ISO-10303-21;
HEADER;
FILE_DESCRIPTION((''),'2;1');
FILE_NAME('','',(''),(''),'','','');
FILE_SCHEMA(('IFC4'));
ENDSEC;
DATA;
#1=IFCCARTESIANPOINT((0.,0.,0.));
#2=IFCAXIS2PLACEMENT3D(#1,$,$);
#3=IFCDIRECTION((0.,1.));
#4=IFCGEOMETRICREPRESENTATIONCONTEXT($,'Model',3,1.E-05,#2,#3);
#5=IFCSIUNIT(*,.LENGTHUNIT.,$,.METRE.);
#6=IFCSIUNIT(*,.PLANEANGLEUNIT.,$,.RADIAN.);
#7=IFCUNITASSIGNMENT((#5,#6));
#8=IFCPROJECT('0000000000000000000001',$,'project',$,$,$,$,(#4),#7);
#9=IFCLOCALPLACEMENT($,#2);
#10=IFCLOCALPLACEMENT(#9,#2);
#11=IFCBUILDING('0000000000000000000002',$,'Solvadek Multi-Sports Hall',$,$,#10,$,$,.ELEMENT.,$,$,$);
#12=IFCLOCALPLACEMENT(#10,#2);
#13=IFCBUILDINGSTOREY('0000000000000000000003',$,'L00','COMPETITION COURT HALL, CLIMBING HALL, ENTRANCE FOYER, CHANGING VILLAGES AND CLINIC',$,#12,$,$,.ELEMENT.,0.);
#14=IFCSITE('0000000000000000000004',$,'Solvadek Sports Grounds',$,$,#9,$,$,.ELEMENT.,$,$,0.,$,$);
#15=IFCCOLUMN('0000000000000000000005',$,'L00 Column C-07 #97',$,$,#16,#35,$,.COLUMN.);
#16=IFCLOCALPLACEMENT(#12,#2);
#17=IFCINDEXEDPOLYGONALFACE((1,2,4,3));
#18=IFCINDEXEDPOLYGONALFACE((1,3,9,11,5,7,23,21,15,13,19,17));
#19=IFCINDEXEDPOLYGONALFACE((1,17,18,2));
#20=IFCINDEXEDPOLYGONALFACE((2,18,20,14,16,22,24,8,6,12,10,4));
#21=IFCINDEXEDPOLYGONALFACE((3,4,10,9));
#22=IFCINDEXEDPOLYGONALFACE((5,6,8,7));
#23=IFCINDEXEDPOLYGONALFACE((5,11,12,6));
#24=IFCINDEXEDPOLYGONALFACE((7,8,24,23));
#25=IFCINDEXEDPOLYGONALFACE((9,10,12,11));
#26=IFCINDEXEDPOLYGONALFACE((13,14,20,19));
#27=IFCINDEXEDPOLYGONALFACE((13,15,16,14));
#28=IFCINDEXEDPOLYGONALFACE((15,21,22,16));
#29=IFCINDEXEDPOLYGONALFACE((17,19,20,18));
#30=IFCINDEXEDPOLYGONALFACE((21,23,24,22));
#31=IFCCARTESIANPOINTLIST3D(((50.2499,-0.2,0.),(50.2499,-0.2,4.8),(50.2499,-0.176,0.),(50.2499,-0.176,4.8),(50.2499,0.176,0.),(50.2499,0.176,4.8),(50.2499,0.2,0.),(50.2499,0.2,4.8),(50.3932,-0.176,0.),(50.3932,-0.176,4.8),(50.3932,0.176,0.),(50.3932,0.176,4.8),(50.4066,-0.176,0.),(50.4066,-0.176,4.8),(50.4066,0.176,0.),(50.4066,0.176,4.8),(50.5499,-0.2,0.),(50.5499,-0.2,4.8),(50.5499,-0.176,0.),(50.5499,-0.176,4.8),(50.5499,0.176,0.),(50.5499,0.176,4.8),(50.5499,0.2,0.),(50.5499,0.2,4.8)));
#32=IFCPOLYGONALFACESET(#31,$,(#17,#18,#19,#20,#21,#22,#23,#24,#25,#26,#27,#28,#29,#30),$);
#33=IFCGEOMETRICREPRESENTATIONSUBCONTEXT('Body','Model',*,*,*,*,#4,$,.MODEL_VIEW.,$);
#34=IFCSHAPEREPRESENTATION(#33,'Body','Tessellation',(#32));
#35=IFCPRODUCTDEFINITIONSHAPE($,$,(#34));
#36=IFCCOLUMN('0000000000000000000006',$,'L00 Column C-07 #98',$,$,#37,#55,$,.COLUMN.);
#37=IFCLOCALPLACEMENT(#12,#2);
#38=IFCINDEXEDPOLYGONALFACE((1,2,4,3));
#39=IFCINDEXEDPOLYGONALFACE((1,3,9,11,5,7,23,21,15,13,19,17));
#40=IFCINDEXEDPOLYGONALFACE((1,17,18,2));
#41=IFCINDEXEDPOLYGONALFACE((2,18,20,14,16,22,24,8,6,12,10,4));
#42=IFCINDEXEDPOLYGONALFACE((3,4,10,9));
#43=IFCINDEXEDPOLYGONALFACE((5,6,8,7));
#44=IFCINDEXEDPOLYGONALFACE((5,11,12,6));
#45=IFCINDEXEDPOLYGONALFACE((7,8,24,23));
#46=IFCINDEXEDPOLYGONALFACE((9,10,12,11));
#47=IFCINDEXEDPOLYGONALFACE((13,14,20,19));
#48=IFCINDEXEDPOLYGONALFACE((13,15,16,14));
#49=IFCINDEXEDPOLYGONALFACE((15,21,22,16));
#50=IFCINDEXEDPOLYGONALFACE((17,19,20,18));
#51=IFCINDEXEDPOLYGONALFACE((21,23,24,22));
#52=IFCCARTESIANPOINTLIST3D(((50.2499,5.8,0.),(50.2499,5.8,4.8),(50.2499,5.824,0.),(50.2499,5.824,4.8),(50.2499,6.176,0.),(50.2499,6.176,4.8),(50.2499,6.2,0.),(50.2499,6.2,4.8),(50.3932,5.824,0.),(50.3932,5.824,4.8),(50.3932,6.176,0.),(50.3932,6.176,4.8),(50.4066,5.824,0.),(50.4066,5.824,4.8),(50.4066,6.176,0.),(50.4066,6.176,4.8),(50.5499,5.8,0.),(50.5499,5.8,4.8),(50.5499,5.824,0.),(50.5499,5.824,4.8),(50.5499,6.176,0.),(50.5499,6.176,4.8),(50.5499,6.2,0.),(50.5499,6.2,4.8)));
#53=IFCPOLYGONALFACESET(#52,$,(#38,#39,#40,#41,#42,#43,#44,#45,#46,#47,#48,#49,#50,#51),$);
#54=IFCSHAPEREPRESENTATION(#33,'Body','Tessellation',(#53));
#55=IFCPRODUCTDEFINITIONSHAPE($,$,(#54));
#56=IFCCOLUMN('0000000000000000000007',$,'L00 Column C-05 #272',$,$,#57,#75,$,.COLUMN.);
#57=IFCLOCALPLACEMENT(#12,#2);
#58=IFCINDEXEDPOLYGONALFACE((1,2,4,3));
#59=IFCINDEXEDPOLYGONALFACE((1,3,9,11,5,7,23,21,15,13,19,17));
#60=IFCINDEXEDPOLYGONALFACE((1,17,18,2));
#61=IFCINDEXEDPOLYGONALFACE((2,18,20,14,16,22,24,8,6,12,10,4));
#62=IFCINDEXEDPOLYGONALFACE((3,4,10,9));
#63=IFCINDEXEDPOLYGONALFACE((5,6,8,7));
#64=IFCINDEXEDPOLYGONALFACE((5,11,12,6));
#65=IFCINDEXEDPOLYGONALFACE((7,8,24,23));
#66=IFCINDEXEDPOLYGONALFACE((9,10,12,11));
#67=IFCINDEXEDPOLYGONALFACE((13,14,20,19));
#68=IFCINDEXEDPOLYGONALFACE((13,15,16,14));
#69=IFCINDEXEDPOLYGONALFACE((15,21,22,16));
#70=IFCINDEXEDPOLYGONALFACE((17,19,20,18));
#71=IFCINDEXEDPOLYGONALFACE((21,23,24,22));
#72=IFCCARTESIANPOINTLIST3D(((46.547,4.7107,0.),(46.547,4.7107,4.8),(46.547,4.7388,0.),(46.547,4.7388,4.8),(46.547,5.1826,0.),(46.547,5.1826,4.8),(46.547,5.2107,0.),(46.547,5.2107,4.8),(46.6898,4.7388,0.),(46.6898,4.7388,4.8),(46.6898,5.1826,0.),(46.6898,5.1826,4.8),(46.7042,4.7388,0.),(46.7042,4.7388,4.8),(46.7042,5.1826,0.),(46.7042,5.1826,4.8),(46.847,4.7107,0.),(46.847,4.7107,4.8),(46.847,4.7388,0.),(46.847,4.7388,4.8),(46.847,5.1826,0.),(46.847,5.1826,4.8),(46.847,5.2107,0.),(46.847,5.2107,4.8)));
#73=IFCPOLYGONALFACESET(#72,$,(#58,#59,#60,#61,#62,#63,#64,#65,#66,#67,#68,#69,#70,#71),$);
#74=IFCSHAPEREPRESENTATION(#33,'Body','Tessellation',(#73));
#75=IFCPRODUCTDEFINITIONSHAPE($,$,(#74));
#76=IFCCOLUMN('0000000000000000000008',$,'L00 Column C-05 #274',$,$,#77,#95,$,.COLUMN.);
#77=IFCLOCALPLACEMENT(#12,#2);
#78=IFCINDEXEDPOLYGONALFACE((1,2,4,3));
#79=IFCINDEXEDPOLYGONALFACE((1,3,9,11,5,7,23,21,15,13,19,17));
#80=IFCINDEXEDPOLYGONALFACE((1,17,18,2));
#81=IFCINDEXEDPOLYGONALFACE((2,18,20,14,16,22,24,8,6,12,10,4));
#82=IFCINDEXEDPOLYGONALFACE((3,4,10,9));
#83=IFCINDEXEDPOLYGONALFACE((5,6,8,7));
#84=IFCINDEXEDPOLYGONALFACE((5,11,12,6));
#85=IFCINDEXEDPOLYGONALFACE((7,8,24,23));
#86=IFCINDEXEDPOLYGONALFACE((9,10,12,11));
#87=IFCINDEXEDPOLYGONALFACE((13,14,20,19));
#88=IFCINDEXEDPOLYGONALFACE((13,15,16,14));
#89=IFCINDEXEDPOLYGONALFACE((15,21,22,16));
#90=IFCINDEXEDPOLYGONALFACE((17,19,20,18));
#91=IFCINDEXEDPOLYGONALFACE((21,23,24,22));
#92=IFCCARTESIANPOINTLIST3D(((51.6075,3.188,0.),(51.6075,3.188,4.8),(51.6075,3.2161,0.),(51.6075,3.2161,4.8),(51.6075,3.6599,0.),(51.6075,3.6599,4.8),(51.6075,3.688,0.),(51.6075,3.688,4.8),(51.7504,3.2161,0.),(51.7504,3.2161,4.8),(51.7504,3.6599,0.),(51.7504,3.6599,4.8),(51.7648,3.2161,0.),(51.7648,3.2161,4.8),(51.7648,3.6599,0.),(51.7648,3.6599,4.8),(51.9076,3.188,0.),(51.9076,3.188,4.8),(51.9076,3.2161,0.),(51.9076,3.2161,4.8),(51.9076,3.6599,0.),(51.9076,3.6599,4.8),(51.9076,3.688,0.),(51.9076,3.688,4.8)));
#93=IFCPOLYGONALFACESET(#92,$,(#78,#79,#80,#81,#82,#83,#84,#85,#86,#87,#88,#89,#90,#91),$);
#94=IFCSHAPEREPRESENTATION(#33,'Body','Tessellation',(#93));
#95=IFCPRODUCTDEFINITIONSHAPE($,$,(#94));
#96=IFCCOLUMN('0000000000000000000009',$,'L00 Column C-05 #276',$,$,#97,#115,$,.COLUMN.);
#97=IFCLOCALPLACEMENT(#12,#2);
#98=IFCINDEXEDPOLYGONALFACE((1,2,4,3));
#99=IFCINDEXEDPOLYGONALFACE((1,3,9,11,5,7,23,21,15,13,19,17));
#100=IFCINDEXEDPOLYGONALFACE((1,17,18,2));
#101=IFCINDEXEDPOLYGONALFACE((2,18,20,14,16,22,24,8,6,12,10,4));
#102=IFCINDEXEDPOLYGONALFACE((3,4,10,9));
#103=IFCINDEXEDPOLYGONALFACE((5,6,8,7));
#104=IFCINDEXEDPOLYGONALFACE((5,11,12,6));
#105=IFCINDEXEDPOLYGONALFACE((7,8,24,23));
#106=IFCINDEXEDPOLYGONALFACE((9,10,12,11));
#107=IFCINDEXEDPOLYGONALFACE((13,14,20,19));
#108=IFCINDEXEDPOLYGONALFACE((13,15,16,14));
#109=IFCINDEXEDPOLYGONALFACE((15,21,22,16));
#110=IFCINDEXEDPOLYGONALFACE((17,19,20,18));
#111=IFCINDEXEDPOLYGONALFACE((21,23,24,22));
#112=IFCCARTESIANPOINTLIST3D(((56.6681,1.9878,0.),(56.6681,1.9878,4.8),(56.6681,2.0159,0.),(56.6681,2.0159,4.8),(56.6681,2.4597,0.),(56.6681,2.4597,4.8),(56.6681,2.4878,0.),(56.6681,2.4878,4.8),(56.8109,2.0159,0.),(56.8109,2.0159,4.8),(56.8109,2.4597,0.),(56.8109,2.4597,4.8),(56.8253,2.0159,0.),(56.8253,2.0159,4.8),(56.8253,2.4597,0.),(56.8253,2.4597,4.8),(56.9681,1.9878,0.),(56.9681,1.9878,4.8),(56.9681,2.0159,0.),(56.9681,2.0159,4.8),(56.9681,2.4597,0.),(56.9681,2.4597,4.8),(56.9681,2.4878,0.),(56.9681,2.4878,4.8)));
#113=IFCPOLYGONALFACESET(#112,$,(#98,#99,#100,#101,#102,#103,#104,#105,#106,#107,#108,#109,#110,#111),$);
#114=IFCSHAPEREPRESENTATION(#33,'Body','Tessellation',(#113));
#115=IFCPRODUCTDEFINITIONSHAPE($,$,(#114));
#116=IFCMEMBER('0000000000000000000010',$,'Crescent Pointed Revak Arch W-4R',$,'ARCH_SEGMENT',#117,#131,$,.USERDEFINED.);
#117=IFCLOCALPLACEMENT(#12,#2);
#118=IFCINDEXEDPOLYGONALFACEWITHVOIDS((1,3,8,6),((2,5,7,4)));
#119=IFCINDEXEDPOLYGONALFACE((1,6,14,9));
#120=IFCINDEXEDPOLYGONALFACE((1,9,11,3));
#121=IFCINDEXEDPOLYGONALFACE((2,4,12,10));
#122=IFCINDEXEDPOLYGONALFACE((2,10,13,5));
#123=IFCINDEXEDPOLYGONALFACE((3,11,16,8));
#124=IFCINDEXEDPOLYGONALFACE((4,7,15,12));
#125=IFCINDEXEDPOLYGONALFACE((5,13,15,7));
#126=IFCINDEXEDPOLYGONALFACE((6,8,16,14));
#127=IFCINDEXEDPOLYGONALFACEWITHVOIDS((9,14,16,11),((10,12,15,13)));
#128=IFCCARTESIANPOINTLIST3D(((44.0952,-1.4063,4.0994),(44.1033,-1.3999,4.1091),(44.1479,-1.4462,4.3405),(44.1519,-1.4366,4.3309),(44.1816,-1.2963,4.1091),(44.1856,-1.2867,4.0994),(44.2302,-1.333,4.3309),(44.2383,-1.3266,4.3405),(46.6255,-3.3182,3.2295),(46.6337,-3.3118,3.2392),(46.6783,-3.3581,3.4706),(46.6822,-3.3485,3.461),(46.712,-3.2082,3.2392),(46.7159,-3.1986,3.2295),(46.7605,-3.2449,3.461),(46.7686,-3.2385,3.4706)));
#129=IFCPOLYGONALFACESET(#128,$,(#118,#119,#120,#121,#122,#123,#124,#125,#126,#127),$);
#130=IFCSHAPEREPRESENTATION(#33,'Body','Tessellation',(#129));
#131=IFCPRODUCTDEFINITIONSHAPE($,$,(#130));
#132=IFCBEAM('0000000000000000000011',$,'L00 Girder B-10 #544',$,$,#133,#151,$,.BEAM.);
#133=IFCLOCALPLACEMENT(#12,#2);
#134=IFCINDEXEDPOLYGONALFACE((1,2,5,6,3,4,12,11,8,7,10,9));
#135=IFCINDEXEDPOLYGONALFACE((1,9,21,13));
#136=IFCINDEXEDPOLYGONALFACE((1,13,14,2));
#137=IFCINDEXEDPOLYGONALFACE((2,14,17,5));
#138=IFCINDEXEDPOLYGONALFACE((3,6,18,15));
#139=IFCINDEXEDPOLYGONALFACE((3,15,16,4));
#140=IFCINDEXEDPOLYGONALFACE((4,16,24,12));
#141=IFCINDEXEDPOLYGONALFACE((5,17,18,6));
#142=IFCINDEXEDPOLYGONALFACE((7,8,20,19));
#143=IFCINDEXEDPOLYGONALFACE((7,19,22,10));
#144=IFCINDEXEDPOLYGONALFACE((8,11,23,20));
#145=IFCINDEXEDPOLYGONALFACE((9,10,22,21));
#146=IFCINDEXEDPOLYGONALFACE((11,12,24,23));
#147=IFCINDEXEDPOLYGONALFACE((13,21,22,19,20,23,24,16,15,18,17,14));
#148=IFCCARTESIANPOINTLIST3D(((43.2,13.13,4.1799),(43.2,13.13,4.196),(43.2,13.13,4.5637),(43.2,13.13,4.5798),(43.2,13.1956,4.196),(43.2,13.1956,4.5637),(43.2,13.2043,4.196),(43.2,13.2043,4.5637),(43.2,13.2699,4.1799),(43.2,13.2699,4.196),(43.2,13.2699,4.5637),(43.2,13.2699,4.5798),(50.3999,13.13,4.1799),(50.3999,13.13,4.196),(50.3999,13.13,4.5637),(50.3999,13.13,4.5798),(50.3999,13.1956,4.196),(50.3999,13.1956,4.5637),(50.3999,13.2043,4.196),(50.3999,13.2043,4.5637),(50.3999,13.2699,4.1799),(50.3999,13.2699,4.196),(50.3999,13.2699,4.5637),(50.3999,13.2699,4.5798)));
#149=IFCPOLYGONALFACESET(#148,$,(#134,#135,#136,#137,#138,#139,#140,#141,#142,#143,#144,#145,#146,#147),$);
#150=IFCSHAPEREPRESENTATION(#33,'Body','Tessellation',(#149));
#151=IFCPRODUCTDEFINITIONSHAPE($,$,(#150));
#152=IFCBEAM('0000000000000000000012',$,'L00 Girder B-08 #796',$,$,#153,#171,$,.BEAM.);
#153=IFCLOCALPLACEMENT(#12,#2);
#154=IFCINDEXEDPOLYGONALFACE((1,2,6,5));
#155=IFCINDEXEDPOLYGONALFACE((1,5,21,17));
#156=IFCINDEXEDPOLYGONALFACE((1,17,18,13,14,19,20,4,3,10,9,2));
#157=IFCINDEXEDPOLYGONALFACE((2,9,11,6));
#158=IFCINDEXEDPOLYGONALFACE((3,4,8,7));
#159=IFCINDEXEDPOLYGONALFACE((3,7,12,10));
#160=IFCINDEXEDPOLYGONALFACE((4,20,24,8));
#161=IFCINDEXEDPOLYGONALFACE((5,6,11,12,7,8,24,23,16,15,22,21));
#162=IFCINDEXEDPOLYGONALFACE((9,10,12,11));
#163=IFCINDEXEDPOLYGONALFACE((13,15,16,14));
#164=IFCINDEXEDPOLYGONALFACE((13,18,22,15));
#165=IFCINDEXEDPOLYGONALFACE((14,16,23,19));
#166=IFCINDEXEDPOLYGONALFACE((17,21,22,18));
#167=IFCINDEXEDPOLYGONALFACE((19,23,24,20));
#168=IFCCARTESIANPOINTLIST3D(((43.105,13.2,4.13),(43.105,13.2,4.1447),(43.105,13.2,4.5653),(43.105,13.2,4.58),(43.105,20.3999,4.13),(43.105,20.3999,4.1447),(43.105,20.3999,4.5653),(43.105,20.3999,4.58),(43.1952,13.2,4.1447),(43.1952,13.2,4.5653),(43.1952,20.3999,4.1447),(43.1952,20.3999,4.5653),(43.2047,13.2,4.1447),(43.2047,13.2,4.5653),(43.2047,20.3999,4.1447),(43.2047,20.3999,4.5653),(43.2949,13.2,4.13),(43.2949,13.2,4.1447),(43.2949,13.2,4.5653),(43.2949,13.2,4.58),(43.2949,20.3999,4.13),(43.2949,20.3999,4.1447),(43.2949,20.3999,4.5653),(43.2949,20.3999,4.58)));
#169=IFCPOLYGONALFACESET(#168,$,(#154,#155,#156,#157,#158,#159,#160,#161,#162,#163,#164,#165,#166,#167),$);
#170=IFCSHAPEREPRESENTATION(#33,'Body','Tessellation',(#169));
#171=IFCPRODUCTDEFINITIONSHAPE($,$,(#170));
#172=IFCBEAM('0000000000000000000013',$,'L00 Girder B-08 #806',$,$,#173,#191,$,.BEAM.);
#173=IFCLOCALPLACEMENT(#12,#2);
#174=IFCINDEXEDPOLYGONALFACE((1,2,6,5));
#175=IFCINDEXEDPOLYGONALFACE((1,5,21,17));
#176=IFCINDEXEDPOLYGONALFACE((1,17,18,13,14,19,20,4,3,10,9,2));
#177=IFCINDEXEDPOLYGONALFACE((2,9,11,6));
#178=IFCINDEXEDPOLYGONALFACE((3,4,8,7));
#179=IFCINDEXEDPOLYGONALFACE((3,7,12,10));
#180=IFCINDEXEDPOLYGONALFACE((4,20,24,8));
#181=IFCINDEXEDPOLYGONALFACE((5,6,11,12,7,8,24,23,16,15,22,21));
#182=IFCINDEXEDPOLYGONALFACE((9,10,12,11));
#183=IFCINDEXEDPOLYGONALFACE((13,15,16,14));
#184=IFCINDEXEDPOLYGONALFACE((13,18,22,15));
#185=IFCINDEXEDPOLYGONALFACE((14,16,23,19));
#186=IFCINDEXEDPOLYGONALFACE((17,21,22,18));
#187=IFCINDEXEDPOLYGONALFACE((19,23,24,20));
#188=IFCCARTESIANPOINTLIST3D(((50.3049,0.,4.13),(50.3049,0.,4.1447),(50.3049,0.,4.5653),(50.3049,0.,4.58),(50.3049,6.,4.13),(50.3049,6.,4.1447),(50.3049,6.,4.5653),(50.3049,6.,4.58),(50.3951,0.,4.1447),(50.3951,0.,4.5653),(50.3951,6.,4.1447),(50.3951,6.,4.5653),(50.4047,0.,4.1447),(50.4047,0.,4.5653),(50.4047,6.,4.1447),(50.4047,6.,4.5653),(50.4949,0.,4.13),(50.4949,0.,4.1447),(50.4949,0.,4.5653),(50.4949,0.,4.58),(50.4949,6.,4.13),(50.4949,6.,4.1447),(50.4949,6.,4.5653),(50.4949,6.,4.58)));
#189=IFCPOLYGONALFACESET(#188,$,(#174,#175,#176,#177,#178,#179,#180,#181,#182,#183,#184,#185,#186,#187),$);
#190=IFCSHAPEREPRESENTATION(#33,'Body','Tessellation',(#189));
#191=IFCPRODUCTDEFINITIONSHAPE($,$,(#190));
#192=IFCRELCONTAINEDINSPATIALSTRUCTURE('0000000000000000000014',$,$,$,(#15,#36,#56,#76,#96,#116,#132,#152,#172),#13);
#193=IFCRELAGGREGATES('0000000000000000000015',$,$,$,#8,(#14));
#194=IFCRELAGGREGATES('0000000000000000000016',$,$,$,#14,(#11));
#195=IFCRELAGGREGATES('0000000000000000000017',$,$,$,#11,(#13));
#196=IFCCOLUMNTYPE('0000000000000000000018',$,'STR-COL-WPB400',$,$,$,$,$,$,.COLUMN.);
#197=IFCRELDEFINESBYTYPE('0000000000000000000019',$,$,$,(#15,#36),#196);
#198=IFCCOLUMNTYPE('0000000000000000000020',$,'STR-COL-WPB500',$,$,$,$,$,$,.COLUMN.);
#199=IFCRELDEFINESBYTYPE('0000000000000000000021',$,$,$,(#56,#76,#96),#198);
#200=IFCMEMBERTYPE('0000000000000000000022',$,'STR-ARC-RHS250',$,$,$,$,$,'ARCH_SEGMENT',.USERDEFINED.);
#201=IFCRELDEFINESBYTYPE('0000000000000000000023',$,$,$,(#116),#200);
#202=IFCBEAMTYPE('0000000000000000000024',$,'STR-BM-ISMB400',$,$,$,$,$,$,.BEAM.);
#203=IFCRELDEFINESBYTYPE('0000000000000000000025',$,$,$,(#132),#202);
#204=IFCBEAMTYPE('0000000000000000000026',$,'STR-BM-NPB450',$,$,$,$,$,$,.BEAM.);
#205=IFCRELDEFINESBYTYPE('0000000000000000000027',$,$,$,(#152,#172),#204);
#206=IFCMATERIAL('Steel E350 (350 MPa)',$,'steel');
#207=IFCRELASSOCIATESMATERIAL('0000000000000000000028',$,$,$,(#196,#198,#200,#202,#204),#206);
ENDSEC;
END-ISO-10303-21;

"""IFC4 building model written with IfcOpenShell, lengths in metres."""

from ifc_helpers import new_model, si_unit, direction, frame, origin, origin_2d, place, context, subcontext, project, spatial, hollow_rectangle, i_section, extrude, material, material_profile, profile_set, type_object, element, save


model = new_model("IFC4")

# Units and contexts
model_context = context("Model", 3, precision=1e-05, world=origin(), true_north=direction((0.0, 1.0)))
body_context = subcontext(model_context, "Body", "Model", "MODEL_VIEW")
ifc_project = project(units=[si_unit("LENGTHUNIT", "METRE"), si_unit("PLANEANGLEUNIT", "RADIAN")], contexts=[model_context])

# Site, building, storey
site_placement = place(None, origin())
site = spatial("IfcSite", under=ifc_project, at=site_placement, Name="Solvadek Sports Grounds", CompositionType="ELEMENT", RefElevation=0.0)
building_placement = place(site_placement, origin())
building = spatial("IfcBuilding", under=site, at=building_placement, Name="Solvadek Multi-Sports Hall", CompositionType="ELEMENT")
storey_placement = place(building_placement, origin())
storey = spatial("IfcBuildingStorey", under=building, at=storey_placement, Name="L00", Description="COMPETITION COURT HALL, CLIMBING HALL, ENTRANCE FOYER, CHANGING VILLAGES AND CLINIC", CompositionType="ELEMENT", Elevation=0.0)

# Columns
ifc_material_1 = material(Name="Steel E350 (350 MPa)", Category="steel")
ifc_material_profile_1 = material_profile(ifc_material_1, i_section(OverallWidth=0.3, OverallDepth=0.3999, WebThickness=0.0134, FlangeThickness=0.0239, at=origin_2d()), Name="WPB 400")
ifc_profile_set_1 = profile_set([ifc_material_profile_1], Name="Steel E350 (350 MPa)")
column_type_1 = type_object("IfcColumnType", Name="STR-COL-WPB400", PredefinedType="COLUMN", material=ifc_profile_set_1)
for number, where, z_axis, x_axis, name in (
    (1, (50.3999, 0.0, 0.0), (0.0, 0.0, 1.0), (1.0, 0.0, 0.0), "L00 Column C-07 #97"),
    (2, (50.3999, 6.0, 0.0), (0.0, 0.0, 1.0), (1.0, 0.0, 0.0), "L00 Column C-07 #98"),
):
    element("IfcColumn", number, at=place(storey_placement, frame(where, z_axis=z_axis, x_axis=x_axis)), inside=storey, type_object=column_type_1, Name=name, PredefinedType="COLUMN", context=body_context, shape_type="SweptSolid", body=[
        extrude(i_section(OverallWidth=0.3, OverallDepth=0.3999, WebThickness=0.0134, FlangeThickness=0.0239, at=origin_2d()), origin(), (0.0, 0.0, 1.0), 4.8),
    ])
ifc_material_profile_2 = material_profile(ifc_material_1, i_section(OverallWidth=0.3, OverallDepth=0.5, WebThickness=0.0144, FlangeThickness=0.0281, at=origin_2d()), Name="WPB 500")
ifc_profile_set_2 = profile_set([ifc_material_profile_2], Name="Steel E350 (350 MPa)")
column_type_2 = type_object("IfcColumnType", Name="STR-COL-WPB500", PredefinedType="COLUMN", material=ifc_profile_set_2)
for number, where, z_axis, x_axis, name in (
    (3, (46.697, 4.9607, 0.0), (0.0, 0.0, 1.0), (1.0, 0.0, 0.0), "L00 Column C-05 #272"),
    (4, (51.7576, 3.438, 0.0), (0.0, 0.0, 1.0), (1.0, 0.0, 0.0), "L00 Column C-05 #274"),
    (5, (56.8181, 2.2378, 0.0), (0.0, 0.0, 1.0), (1.0, 0.0, 0.0), "L00 Column C-05 #276"),
):
    element("IfcColumn", number, at=place(storey_placement, frame(where, z_axis=z_axis, x_axis=x_axis)), inside=storey, type_object=column_type_2, Name=name, PredefinedType="COLUMN", context=body_context, shape_type="SweptSolid", body=[
        extrude(i_section(OverallWidth=0.3, OverallDepth=0.5, WebThickness=0.0144, FlangeThickness=0.0281, at=origin_2d()), origin(), (0.0, 0.0, 1.0), 4.8),
    ])

# Member
ifc_material_profile_3 = material_profile(ifc_material_1, hollow_rectangle(XDim=0.1499, YDim=0.25, WallThickness=0.01, at=origin_2d()), Name="RHS 250x150x10")
ifc_profile_set_3 = profile_set([ifc_material_profile_3], Name="Steel E350 (350 MPa)")
member_type = type_object("IfcMemberType", Name="STR-ARC-RHS250", ElementType="ARCH_SEGMENT", PredefinedType="USERDEFINED", material=ifc_profile_set_3)
member_placement = place(storey_placement, frame((44.1667, -1.3665, 4.22), z_axis=(0.769432, -0.58138, -0.26452), x_axis=(0.602854, 0.797852, 0.0)))
element("IfcMember", 6, at=member_placement, inside=storey, type_object=member_type, Name="Crescent Pointed Revak Arch W-4R", ObjectType="ARCH_SEGMENT", PredefinedType="USERDEFINED", context=body_context, shape_type="SweptSolid", body=[
    extrude(hollow_rectangle(XDim=0.1499, YDim=0.25, WallThickness=0.01, at=origin_2d()), origin(), (0.0, 0.0, 1.0), 3.2886),
])

# Beams
ifc_material_profile_4 = material_profile(ifc_material_1, i_section(OverallWidth=0.1399, OverallDepth=0.3999, WebThickness=0.0088, FlangeThickness=0.0161, at=origin_2d()), Name="ISMB 400")
ifc_profile_set_4 = profile_set([ifc_material_profile_4], Name="Steel E350 (350 MPa)")
beam_type_1 = type_object("IfcBeamType", Name="STR-BM-ISMB400", PredefinedType="BEAM", material=ifc_profile_set_4)
beam_1_placement = place(storey_placement, frame((43.2, 13.2, 4.3799), z_axis=(1.0, 0.0, 0.0), x_axis=(0.0, 1.0, 0.0)))
element("IfcBeam", 7, at=beam_1_placement, inside=storey, type_object=beam_type_1, Name="L00 Girder B-10 #544", PredefinedType="BEAM", context=body_context, shape_type="SweptSolid", body=[
    extrude(i_section(OverallWidth=0.1399, OverallDepth=0.3999, WebThickness=0.0088, FlangeThickness=0.0161, at=origin_2d()), origin(), (0.0, 0.0, 1.0), 7.2),
])
ifc_material_profile_5 = material_profile(ifc_material_1, i_section(OverallWidth=0.1899, OverallDepth=0.45, WebThickness=0.0095, FlangeThickness=0.0146, at=origin_2d()), Name="NPB 450")
ifc_profile_set_5 = profile_set([ifc_material_profile_5], Name="Steel E350 (350 MPa)")
beam_type_2 = type_object("IfcBeamType", Name="STR-BM-NPB450", PredefinedType="BEAM", material=ifc_profile_set_5)
beam_2_placement = place(storey_placement, frame((43.2, 13.2, 4.355), z_axis=(0.0, 1.0, 0.0), x_axis=(-1.0, 0.0, 0.0)))
element("IfcBeam", 8, at=beam_2_placement, inside=storey, type_object=beam_type_2, Name="L00 Girder B-08 #796", PredefinedType="BEAM", context=body_context, shape_type="SweptSolid", body=[
    extrude(i_section(OverallWidth=0.1899, OverallDepth=0.45, WebThickness=0.0095, FlangeThickness=0.0146, at=origin_2d()), origin(), (0.0, 0.0, 1.0), 7.2),
])
beam_3_placement = place(storey_placement, frame((50.3999, 0.0, 4.355), z_axis=(0.0, 1.0, 0.0), x_axis=(-1.0, 0.0, 0.0)))
element("IfcBeam", 9, at=beam_3_placement, inside=storey, type_object=beam_type_2, Name="L00 Girder B-08 #806", PredefinedType="BEAM", context=body_context, shape_type="SweptSolid", body=[
    extrude(i_section(OverallWidth=0.1899, OverallDepth=0.45, WebThickness=0.0095, FlangeThickness=0.0146, at=origin_2d()), origin(), (0.0, 0.0, 1.0), 6.0),
])

save(model, "model.ifc")
